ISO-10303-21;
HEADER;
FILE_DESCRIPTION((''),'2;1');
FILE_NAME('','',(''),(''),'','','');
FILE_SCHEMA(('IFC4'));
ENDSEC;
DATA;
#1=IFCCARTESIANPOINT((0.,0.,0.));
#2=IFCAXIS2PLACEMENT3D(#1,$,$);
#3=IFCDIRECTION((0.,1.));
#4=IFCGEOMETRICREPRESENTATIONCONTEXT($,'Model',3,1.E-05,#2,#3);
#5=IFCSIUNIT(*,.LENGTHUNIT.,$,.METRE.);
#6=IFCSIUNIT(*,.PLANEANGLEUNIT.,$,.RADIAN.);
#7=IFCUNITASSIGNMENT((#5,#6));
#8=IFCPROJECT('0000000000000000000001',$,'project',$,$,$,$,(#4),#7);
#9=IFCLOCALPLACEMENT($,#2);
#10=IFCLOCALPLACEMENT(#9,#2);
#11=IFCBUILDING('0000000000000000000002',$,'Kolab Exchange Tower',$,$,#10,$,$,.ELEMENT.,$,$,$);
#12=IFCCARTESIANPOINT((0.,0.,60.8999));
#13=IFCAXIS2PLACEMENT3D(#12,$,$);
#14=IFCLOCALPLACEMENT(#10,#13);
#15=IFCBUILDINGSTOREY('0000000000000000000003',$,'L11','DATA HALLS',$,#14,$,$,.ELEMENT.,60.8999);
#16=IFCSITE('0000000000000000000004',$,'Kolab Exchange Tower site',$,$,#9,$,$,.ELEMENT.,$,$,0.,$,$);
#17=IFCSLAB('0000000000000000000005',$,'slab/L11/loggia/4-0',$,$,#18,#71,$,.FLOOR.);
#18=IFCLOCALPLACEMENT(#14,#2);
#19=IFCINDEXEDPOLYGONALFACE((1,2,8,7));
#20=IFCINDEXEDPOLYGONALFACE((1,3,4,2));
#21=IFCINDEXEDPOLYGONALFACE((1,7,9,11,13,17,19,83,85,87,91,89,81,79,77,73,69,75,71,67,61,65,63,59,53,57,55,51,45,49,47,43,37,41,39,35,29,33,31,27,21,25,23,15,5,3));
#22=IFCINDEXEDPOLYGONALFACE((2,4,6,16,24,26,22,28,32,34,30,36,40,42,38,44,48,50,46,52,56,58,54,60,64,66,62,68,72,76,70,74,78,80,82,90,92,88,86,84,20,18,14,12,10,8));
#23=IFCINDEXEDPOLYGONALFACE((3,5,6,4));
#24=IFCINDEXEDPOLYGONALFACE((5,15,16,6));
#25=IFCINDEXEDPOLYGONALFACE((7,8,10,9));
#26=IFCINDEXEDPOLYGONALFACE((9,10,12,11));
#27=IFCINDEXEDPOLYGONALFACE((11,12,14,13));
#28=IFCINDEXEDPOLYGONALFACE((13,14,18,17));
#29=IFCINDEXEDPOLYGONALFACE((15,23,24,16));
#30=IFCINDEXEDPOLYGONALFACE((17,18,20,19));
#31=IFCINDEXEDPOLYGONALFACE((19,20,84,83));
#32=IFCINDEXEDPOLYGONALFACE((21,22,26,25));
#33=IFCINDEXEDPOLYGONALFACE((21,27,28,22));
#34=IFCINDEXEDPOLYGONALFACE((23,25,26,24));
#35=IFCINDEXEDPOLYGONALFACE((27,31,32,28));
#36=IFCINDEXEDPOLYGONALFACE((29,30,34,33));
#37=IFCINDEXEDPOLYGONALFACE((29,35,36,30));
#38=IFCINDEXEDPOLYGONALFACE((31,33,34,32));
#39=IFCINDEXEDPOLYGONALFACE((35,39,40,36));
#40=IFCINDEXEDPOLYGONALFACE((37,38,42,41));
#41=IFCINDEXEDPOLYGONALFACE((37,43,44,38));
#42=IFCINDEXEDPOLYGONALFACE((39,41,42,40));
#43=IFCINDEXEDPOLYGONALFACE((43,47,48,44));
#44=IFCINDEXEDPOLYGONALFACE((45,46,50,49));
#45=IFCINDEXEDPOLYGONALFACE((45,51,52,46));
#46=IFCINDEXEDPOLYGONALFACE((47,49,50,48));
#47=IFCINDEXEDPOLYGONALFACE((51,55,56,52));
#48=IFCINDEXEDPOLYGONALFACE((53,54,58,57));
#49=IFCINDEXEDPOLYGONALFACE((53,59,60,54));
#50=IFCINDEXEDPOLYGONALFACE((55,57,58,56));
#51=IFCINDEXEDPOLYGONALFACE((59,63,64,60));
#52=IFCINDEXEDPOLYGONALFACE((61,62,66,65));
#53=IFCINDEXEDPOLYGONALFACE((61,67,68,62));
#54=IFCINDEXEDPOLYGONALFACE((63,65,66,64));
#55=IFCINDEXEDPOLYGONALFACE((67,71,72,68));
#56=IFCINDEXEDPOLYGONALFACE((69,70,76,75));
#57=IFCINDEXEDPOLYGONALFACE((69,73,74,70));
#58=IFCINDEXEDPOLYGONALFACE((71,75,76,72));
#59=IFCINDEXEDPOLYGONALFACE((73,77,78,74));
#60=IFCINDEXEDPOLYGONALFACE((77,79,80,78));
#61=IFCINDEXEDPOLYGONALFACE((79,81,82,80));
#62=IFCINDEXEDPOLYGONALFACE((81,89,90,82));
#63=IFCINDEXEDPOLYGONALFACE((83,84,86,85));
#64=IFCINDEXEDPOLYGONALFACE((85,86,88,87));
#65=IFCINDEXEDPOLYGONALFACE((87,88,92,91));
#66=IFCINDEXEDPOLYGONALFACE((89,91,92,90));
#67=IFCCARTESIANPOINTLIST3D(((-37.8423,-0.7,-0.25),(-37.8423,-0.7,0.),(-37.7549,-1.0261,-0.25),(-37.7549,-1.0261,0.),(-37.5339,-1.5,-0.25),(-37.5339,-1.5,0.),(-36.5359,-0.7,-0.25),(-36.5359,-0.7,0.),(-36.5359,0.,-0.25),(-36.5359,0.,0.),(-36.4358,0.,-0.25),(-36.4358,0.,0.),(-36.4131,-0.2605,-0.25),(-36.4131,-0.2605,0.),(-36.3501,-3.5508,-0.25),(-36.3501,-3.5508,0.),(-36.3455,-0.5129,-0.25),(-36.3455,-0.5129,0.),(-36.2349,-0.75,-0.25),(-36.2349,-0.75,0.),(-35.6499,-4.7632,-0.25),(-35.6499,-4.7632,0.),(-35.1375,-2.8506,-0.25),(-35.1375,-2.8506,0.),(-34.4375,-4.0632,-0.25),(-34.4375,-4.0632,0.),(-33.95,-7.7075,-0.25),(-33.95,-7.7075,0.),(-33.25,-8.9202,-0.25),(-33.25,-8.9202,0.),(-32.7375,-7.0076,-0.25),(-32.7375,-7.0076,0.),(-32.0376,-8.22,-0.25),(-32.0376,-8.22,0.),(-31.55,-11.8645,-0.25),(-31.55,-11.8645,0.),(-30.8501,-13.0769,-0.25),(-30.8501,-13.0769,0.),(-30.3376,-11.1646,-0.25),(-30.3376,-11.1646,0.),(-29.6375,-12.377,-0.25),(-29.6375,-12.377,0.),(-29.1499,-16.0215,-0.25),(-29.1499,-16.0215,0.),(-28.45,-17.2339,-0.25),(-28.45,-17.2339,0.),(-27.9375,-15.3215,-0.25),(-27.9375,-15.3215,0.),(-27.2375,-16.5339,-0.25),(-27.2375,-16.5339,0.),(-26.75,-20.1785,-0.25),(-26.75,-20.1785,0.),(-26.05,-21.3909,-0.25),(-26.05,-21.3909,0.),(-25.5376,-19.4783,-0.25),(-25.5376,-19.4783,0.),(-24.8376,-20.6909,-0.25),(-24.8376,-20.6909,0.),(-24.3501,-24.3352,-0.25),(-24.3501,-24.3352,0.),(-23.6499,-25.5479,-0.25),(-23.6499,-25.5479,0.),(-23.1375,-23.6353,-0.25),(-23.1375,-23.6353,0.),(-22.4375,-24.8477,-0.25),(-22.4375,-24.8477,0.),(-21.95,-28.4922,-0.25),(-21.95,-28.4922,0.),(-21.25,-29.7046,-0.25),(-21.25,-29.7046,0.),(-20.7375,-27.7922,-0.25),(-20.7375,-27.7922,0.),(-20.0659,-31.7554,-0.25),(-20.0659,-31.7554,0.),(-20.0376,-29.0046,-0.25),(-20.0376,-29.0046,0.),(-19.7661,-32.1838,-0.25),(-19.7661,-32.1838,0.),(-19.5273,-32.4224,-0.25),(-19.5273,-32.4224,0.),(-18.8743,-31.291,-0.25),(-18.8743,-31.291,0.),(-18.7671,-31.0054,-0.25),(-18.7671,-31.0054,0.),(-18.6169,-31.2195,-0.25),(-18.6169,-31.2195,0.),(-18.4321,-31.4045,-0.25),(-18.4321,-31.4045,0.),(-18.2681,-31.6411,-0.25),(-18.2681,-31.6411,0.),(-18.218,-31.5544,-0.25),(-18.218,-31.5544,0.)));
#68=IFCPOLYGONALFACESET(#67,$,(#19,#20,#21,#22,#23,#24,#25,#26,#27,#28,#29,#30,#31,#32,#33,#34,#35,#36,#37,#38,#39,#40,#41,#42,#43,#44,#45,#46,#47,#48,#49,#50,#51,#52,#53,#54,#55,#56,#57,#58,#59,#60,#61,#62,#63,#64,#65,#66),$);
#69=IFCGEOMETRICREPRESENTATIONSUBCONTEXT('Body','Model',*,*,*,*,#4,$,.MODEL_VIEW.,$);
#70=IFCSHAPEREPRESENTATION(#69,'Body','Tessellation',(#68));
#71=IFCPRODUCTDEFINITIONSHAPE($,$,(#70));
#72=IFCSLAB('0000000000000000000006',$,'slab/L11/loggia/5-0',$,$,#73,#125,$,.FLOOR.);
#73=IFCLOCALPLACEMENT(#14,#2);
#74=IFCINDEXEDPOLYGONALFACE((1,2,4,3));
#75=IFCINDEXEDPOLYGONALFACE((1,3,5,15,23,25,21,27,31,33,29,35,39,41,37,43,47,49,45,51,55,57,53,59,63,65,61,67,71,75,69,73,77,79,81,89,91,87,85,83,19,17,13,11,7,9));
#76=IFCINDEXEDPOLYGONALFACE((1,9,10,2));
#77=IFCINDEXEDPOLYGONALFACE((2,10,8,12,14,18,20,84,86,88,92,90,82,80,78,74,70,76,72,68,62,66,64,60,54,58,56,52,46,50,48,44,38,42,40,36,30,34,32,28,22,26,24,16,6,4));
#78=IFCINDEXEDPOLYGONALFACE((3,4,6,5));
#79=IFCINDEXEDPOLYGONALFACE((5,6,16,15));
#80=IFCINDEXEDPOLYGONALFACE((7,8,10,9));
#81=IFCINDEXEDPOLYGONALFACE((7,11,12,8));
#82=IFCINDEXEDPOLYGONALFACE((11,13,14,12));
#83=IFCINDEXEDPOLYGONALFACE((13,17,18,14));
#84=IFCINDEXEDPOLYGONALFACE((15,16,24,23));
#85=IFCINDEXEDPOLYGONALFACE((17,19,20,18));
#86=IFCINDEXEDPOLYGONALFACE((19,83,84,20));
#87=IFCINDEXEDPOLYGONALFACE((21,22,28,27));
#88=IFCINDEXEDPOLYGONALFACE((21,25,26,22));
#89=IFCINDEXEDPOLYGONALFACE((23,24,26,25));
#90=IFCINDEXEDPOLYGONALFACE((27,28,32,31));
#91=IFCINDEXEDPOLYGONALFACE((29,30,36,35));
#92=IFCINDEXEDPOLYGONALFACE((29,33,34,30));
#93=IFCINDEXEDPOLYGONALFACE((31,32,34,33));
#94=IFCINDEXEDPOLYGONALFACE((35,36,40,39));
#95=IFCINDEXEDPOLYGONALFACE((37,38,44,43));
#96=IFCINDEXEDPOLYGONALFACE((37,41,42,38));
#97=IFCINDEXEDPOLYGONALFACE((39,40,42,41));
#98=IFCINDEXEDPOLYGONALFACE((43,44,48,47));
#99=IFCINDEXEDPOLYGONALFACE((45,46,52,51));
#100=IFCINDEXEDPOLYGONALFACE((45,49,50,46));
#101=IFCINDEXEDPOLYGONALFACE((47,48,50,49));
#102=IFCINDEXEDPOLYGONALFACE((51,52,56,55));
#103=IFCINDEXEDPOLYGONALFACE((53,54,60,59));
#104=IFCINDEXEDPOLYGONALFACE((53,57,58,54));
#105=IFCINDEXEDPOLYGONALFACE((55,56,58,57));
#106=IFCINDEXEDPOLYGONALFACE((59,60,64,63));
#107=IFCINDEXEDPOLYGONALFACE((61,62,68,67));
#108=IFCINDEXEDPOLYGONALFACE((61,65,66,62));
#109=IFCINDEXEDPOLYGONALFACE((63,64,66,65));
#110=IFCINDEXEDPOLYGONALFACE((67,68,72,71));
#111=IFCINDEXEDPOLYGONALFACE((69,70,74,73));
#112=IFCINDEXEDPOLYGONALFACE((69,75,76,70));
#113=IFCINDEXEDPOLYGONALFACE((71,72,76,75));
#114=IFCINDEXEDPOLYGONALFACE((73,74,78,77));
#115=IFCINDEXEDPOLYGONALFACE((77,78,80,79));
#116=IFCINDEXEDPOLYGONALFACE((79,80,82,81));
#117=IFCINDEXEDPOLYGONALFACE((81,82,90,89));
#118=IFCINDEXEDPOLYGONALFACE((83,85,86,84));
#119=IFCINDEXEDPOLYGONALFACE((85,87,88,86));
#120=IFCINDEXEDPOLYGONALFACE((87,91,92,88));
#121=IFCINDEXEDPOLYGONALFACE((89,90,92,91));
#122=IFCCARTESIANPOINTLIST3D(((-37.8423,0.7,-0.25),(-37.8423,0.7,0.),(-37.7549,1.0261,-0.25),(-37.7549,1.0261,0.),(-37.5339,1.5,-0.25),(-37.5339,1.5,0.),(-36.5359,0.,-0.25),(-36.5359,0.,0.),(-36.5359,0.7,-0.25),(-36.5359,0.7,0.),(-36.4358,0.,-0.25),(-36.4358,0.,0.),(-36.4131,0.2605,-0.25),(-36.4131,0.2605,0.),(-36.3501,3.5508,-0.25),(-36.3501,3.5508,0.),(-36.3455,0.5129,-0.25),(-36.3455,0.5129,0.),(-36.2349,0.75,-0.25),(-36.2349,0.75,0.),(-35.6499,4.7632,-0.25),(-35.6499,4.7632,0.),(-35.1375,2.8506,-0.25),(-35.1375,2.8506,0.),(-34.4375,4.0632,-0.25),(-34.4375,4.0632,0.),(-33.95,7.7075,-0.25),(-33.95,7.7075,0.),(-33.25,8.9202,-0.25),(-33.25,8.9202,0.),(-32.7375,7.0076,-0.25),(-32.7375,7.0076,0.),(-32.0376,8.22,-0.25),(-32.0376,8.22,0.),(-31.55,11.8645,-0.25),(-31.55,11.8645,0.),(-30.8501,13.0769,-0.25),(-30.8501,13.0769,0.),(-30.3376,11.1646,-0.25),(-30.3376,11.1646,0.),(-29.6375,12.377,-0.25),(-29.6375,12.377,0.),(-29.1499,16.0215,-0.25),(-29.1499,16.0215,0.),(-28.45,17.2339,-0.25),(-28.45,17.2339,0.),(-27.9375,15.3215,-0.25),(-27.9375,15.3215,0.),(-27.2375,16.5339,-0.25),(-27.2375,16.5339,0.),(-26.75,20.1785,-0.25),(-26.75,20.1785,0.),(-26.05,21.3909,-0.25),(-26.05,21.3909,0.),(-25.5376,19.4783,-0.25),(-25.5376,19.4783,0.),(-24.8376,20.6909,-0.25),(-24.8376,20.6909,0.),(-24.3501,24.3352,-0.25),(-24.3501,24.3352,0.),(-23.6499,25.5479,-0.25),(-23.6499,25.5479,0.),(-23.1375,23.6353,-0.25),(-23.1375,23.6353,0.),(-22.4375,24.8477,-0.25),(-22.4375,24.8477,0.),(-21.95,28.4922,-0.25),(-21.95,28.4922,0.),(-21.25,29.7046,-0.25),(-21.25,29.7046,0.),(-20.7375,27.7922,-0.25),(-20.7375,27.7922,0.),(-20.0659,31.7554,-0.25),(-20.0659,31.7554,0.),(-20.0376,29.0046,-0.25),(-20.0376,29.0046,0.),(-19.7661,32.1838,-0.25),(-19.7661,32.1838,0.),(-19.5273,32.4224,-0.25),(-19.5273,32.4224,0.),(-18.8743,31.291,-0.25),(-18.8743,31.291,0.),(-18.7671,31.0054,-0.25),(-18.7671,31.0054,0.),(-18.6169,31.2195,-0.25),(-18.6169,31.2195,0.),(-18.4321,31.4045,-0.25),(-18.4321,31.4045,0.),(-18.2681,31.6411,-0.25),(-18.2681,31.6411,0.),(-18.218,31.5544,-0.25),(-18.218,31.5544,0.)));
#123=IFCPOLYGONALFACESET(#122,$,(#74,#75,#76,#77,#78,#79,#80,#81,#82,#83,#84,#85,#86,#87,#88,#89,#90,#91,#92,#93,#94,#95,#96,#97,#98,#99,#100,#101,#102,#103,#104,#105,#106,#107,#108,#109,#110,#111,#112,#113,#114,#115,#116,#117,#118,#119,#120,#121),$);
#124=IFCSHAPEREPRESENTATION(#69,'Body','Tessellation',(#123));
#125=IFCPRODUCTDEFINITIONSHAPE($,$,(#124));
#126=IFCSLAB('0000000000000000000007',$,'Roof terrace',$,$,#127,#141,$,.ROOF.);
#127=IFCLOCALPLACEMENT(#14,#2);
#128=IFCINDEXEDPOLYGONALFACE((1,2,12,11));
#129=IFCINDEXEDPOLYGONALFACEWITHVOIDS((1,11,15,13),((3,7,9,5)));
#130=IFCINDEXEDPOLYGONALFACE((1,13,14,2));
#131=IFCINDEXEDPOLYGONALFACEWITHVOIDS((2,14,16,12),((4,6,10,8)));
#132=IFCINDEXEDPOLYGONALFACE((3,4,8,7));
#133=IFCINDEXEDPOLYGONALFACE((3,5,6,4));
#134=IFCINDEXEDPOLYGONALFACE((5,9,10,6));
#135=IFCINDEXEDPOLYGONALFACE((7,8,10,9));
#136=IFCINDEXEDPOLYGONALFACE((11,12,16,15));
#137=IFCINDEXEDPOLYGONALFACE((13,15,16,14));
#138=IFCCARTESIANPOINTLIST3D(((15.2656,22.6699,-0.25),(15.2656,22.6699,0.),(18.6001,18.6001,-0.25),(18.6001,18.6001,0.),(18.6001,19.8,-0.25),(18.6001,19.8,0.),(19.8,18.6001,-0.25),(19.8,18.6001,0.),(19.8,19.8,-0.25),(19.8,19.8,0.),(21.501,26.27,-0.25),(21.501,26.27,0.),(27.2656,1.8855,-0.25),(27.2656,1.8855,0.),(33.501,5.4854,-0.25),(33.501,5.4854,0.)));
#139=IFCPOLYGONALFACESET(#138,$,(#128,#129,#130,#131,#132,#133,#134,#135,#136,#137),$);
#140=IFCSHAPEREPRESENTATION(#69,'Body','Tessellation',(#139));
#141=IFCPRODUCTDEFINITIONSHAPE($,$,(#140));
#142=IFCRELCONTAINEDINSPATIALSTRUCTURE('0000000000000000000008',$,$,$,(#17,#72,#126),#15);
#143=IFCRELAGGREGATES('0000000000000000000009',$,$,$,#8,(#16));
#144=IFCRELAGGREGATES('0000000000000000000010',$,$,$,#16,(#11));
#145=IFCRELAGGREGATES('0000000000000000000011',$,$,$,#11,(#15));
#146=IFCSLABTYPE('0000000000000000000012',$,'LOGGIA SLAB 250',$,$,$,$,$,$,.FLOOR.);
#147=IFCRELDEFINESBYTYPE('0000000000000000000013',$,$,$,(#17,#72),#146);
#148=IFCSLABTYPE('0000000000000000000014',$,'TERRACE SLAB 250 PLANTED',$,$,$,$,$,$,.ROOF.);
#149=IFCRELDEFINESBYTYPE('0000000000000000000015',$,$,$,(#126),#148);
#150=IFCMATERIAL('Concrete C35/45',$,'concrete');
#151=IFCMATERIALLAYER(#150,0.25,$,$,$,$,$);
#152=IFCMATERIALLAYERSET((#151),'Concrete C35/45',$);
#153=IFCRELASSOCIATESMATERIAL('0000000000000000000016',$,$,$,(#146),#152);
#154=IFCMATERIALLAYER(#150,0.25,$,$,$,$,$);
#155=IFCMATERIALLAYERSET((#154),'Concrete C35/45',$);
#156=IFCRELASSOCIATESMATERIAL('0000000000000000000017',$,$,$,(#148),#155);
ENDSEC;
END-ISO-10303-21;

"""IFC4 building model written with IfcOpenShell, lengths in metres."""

from ifc_helpers import new_model, si_unit, direction, frame, origin, place, context, subcontext, project, spatial, polyline, outline, extrude, material, layer, layer_set, type_object, element, save


model = new_model("IFC4")

# Units and contexts
model_context = context("Model", 3, precision=1e-05, world=origin(), true_north=direction((0.0, 1.0)))
body_context = subcontext(model_context, "Body", "Model", "MODEL_VIEW")
ifc_project = project(units=[si_unit("LENGTHUNIT", "METRE"), si_unit("PLANEANGLEUNIT", "RADIAN")], contexts=[model_context])

# Site, building, storey
site_placement = place(None, origin())
site = spatial("IfcSite", under=ifc_project, at=site_placement, Name="Kolab Exchange Tower site", CompositionType="ELEMENT", RefElevation=0.0)
building_placement = place(site_placement, origin())
building = spatial("IfcBuilding", under=site, at=building_placement, Name="Kolab Exchange Tower", CompositionType="ELEMENT")
storey_placement = place(building_placement, frame((0.0, 0.0, 60.8999)))
storey = spatial("IfcBuildingStorey", under=building, at=storey_placement, Name="L11", Description="DATA HALLS", CompositionType="ELEMENT", Elevation=60.8999)

# Slabs
ifc_material_1 = material(Name="Concrete C35/45", Category="concrete")
ifc_layer_1 = layer(ifc_material_1, 0.25)
ifc_layer_set_1 = layer_set([ifc_layer_1], Name="Concrete C35/45")
slab_type_1 = type_object("IfcSlabType", Name="LOGGIA SLAB 250", PredefinedType="FLOOR", material=ifc_layer_set_1)
slab_1_placement = place(storey_placement, frame((0.0, 0.0, -0.25)))
element("IfcSlab", 1, at=slab_1_placement, inside=storey, type_object=slab_type_1, Name="slab/L11/loggia/4-0", PredefinedType="FLOOR", context=body_context, shape_type="SweptSolid", body=[
    extrude(outline(polyline([(-36.4131, -0.2605), (-36.4358, 0.0), (-36.5359, 0.0), (-36.5359, -0.7), (-37.8423, -0.7), (-37.7549, -1.0261), (-37.5339, -1.5), (-36.3501, -3.5508), (-35.1375, -2.8506), (-34.4375, -4.0632), (-35.6499, -4.7632), (-33.95, -7.7075), (-32.7375, -7.0076), (-32.0376, -8.22), (-33.25, -8.9202), (-31.55, -11.8645), (-30.3376, -11.1646), (-29.6375, -12.377), (-30.8501, -13.0769), (-29.1499, -16.0215), (-27.9375, -15.3215), (-27.2375, -16.5339), (-28.45, -17.2339), (-26.75, -20.1785), (-25.5376, -19.4783), (-24.8376, -20.6909), (-26.05, -21.3909), (-24.3501, -24.3352), (-23.1375, -23.6353), (-22.4375, -24.8477), (-23.6499, -25.5479), (-21.95, -28.4922), (-20.7375, -27.7922), (-20.0376, -29.0046), (-21.25, -29.7046), (-20.0659, -31.7554), (-19.7661, -32.1838), (-19.5273, -32.4224), (-18.8743, -31.291), (-18.2681, -31.6411), (-18.218, -31.5544), (-18.4321, -31.4045), (-18.6169, -31.2195), (-18.7671, -31.0054), (-36.2349, -0.75), (-36.3455, -0.5129), (-36.4131, -0.2605)])), origin(), (0.0, 0.0, 1.0), 0.25),
])
slab_2_placement = place(storey_placement, frame((0.0, 0.0, -0.25)))
element("IfcSlab", 2, at=slab_2_placement, inside=storey, type_object=slab_type_1, Name="slab/L11/loggia/5-0", PredefinedType="FLOOR", context=body_context, shape_type="SweptSolid", body=[
    extrude(outline(polyline([(-18.4321, 31.4045), (-18.218, 31.5544), (-18.2681, 31.6411), (-18.8743, 31.291), (-19.5273, 32.4224), (-19.7661, 32.1838), (-20.0659, 31.7554), (-21.25, 29.7046), (-20.0376, 29.0046), (-20.7375, 27.7922), (-21.95, 28.4922), (-23.6499, 25.5479), (-22.4375, 24.8477), (-23.1375, 23.6353), (-24.3501, 24.3352), (-26.05, 21.3909), (-24.8376, 20.6909), (-25.5376, 19.4783), (-26.75, 20.1785), (-28.45, 17.2339), (-27.2375, 16.5339), (-27.9375, 15.3215), (-29.1499, 16.0215), (-30.8501, 13.0769), (-29.6375, 12.377), (-30.3376, 11.1646), (-31.55, 11.8645), (-33.25, 8.9202), (-32.0376, 8.22), (-32.7375, 7.0076), (-33.95, 7.7075), (-35.6499, 4.7632), (-34.4375, 4.0632), (-35.1375, 2.8506), (-36.3501, 3.5508), (-37.5339, 1.5), (-37.7549, 1.0261), (-37.8423, 0.7), (-36.5359, 0.7), (-36.5359, 0.0), (-36.4358, 0.0), (-36.4131, 0.2605), (-36.3455, 0.5129), (-36.2349, 0.75), (-18.7671, 31.0054), (-18.6169, 31.2195), (-18.4321, 31.4045)])), origin(), (0.0, 0.0, 1.0), 0.25),
])
ifc_layer_2 = layer(ifc_material_1, 0.25)
ifc_layer_set_2 = layer_set([ifc_layer_2], Name="Concrete C35/45")
slab_type_2 = type_object("IfcSlabType", Name="TERRACE SLAB 250 PLANTED", PredefinedType="ROOF", material=ifc_layer_set_2)
slab_3_placement = place(storey_placement, frame((0.0, 0.0, -0.25)))
element("IfcSlab", 3, at=slab_3_placement, inside=storey, type_object=slab_type_2, Name="Roof terrace", PredefinedType="ROOF", context=body_context, shape_type="SweptSolid", body=[
    extrude(outline(polyline([(21.501, 26.27), (15.2656, 22.6699), (27.2656, 1.8855), (33.501, 5.4854), (21.501, 26.27)]), holes=[polyline([(18.6001, 19.8), (19.8, 19.8), (19.8, 18.6001), (18.6001, 18.6001), (18.6001, 19.8)])]), origin(), (0.0, 0.0, 1.0), 0.25),
])

save(model, "model.ifc")
